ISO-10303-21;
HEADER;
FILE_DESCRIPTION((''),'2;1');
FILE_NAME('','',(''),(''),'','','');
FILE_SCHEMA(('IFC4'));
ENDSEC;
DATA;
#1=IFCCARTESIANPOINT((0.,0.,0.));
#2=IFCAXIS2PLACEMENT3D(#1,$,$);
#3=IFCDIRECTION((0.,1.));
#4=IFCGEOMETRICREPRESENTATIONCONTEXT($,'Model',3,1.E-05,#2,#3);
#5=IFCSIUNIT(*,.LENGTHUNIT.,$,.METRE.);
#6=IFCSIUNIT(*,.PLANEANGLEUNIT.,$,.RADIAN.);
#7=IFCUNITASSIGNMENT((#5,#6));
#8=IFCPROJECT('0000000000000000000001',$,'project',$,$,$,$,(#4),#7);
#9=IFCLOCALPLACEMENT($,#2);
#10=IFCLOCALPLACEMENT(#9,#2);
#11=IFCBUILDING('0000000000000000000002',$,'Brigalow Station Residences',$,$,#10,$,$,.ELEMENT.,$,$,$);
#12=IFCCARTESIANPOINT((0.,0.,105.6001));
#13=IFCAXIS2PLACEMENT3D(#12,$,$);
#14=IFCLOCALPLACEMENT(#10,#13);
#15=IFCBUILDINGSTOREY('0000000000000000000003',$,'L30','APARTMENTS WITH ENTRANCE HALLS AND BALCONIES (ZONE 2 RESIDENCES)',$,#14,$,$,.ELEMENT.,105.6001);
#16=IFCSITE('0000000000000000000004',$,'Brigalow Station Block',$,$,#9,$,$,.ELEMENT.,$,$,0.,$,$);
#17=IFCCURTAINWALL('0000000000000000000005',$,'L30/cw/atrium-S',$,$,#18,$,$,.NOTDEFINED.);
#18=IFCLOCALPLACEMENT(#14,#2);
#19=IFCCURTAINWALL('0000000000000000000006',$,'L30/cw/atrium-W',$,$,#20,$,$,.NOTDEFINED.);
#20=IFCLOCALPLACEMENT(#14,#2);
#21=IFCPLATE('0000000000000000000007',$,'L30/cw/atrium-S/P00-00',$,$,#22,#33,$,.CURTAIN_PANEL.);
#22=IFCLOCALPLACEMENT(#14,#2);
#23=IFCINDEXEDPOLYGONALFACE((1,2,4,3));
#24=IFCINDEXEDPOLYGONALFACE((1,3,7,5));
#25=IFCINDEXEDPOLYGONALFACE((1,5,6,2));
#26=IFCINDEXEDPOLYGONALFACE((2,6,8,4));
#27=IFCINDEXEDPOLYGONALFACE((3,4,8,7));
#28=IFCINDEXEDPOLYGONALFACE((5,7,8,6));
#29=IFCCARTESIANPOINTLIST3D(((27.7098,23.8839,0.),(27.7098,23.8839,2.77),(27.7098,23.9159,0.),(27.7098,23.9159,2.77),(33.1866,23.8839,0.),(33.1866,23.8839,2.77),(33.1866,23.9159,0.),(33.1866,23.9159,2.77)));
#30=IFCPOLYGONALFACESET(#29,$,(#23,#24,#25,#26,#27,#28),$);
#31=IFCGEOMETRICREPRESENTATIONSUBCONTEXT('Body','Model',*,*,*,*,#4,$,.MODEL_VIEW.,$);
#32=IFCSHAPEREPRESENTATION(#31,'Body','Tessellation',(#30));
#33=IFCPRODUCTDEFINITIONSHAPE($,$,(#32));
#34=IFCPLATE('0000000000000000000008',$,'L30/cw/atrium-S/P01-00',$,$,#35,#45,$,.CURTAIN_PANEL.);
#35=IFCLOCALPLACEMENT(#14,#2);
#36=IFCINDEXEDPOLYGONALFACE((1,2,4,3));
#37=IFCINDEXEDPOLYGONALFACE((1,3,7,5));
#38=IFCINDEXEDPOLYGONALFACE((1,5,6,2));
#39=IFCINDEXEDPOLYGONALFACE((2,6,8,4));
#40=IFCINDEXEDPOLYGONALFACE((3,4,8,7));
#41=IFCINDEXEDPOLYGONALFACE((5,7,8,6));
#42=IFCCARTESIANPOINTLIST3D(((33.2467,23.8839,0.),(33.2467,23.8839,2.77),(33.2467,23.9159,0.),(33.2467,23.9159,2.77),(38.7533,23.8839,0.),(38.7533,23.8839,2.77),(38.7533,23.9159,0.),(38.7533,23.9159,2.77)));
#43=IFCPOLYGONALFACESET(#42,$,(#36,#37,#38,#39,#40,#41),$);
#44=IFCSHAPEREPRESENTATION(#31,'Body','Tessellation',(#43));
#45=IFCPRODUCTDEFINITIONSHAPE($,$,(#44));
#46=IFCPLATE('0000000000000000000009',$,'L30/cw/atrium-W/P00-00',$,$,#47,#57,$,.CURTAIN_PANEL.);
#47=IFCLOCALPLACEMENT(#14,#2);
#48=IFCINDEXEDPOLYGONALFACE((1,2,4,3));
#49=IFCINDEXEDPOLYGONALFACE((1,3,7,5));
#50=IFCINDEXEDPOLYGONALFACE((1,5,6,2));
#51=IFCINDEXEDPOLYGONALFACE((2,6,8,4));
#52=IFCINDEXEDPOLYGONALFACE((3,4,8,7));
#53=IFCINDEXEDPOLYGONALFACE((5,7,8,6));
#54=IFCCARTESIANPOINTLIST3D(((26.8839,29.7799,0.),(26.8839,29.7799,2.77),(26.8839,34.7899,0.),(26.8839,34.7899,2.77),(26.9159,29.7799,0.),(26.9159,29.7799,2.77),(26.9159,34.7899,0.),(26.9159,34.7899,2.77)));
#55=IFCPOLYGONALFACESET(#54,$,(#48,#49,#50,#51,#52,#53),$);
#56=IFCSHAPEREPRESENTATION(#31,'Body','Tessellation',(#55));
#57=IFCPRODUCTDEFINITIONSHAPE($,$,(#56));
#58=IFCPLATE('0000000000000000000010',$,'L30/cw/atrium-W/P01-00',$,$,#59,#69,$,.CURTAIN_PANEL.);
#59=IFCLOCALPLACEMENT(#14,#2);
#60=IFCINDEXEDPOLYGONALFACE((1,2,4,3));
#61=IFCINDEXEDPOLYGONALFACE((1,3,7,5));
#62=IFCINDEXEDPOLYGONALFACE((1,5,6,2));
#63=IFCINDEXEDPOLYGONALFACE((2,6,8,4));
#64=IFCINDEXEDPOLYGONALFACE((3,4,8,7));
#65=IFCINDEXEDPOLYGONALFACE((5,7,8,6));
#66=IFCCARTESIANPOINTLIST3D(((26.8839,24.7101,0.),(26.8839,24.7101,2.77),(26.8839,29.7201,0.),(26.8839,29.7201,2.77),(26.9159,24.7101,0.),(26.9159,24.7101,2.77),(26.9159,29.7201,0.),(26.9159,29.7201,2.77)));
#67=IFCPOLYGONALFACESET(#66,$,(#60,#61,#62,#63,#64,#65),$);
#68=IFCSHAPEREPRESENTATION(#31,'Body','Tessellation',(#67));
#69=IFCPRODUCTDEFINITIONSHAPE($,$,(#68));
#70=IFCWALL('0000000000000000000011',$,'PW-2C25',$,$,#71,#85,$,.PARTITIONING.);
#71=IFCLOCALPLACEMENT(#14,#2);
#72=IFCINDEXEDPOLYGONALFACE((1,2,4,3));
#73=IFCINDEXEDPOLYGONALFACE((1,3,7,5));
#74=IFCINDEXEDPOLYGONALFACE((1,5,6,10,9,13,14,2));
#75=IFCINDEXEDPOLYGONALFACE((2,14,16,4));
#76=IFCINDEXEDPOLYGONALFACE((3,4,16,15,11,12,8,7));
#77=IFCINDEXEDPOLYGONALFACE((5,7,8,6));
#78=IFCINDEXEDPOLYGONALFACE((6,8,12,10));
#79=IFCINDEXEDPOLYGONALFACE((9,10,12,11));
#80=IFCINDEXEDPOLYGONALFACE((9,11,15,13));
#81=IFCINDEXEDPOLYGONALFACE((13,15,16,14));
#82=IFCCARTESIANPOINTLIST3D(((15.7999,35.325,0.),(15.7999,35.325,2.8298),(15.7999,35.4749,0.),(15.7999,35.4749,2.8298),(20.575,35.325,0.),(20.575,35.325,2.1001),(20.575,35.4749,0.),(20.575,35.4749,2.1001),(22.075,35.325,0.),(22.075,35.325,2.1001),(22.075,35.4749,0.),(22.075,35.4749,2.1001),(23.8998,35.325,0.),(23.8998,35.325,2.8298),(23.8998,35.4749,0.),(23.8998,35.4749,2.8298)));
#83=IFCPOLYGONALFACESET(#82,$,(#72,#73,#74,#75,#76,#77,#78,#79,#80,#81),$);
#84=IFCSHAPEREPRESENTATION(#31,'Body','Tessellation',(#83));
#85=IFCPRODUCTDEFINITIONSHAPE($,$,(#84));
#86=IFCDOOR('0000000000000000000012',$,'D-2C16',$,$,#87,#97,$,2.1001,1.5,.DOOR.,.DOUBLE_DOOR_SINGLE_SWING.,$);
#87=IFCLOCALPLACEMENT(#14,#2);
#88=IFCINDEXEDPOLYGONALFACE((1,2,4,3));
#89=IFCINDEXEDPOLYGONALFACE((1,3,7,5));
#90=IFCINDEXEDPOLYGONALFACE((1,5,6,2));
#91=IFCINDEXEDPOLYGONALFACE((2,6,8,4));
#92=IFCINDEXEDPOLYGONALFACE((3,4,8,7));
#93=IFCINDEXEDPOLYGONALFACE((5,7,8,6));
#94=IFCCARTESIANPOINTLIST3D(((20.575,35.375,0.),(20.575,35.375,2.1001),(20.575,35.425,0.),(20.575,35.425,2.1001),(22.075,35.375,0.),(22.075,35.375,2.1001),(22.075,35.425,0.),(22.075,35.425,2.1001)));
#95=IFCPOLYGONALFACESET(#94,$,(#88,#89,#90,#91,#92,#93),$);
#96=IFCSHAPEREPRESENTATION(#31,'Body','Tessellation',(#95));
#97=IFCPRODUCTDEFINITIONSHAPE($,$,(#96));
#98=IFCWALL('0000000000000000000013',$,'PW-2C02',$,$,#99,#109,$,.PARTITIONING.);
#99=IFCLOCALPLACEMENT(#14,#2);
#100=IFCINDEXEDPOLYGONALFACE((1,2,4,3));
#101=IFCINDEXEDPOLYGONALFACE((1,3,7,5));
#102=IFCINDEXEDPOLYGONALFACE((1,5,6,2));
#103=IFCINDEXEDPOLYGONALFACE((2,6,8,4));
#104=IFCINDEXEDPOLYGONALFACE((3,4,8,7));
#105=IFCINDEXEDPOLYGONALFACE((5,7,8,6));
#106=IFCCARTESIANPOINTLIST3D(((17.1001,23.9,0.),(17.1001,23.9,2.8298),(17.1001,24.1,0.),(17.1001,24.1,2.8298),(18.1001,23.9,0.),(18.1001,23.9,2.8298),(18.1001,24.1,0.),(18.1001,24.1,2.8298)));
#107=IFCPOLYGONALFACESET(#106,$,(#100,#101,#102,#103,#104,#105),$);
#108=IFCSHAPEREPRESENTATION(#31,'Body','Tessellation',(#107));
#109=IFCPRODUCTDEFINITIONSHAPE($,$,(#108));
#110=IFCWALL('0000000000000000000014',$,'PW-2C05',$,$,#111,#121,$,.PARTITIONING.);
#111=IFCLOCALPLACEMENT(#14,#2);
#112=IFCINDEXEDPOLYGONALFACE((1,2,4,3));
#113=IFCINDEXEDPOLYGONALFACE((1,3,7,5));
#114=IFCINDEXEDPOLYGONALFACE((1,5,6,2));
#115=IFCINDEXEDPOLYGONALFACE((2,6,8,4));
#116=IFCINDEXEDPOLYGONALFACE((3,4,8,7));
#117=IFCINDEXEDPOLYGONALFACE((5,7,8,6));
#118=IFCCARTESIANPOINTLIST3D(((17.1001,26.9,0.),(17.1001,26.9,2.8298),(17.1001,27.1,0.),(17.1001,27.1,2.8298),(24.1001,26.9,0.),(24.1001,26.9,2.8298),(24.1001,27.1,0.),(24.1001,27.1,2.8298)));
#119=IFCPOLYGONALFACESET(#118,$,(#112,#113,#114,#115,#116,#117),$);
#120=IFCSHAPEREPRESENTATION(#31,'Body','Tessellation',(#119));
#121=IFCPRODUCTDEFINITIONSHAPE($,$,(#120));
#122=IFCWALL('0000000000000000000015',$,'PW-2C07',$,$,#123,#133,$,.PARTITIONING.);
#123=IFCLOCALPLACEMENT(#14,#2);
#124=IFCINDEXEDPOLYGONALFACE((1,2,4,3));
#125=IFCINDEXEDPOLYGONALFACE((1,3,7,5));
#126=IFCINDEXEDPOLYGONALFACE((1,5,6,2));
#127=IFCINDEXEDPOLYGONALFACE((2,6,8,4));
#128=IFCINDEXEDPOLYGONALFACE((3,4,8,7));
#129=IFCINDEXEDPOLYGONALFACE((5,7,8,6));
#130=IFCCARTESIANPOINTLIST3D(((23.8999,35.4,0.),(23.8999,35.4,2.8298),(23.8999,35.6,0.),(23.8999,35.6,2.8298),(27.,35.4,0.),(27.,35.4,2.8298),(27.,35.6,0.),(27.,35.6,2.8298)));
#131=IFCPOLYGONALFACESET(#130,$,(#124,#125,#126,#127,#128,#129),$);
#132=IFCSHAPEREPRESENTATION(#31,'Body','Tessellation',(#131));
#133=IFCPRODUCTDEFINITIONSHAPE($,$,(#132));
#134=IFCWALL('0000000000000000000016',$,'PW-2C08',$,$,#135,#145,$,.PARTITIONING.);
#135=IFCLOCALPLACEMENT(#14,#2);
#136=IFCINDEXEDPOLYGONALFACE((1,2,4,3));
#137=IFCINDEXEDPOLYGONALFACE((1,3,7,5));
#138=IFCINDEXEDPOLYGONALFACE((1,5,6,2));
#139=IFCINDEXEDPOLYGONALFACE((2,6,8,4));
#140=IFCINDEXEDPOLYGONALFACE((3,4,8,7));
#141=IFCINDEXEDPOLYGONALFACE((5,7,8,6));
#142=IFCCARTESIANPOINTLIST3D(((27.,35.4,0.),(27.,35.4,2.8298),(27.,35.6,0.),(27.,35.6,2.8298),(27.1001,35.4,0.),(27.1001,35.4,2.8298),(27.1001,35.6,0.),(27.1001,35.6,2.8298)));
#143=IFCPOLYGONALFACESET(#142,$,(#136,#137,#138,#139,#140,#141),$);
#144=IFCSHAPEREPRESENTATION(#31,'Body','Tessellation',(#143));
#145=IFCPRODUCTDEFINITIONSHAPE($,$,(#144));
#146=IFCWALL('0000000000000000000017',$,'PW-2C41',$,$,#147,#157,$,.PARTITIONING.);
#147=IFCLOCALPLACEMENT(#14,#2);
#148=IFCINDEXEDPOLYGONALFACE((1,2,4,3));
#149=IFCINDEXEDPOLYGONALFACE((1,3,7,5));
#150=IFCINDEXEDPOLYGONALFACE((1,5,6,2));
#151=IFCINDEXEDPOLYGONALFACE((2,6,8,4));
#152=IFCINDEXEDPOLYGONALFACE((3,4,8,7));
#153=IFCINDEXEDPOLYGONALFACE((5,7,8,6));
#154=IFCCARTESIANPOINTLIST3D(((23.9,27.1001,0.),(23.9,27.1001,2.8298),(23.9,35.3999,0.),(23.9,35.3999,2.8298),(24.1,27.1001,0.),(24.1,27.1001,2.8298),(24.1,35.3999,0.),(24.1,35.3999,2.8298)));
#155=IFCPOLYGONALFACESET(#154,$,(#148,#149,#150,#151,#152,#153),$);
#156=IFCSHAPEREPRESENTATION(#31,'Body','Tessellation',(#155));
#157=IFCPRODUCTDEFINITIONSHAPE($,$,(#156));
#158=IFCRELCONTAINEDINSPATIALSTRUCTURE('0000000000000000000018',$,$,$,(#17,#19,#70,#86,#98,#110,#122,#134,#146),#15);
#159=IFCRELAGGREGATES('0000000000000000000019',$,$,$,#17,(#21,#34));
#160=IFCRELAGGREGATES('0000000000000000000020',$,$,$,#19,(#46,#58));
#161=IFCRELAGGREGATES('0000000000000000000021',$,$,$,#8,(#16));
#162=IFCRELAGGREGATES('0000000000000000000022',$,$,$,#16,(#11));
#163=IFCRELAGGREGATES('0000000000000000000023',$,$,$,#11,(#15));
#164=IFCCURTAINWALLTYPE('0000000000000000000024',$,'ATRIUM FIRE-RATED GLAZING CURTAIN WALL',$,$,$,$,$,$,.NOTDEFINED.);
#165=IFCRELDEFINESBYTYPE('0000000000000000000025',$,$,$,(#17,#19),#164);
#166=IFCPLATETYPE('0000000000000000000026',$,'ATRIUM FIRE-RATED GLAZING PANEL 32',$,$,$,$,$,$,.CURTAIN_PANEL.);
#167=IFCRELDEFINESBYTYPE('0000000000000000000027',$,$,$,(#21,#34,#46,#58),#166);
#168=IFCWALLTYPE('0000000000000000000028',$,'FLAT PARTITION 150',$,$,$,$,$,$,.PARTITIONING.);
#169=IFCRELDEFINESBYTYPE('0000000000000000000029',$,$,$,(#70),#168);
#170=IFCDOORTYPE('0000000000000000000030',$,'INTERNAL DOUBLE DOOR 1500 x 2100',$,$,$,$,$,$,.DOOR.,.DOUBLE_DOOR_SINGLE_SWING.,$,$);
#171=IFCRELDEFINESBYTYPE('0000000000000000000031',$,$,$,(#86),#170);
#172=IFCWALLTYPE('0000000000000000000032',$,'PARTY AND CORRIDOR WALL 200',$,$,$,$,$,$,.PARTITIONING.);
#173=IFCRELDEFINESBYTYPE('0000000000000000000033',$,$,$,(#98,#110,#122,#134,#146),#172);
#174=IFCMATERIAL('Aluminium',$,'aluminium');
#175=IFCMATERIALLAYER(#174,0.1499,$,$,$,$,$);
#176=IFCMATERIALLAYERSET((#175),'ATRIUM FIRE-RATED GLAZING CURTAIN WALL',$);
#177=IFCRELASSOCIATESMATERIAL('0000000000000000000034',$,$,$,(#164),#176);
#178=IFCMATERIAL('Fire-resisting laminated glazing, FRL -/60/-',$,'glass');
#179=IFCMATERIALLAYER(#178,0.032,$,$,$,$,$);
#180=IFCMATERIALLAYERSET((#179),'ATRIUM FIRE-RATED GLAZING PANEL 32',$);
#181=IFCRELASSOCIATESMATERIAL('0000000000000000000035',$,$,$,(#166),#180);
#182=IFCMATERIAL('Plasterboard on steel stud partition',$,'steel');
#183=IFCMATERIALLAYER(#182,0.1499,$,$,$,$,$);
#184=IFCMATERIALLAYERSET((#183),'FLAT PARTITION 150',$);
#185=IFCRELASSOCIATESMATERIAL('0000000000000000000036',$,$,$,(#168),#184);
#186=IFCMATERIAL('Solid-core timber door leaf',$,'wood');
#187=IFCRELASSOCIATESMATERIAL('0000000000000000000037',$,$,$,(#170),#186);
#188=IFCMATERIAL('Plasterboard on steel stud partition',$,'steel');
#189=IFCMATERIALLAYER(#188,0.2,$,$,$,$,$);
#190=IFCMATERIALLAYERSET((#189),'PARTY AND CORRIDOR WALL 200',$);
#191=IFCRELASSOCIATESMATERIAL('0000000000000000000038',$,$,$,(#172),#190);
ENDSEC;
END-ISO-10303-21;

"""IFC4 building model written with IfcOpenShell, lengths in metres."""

from ifc_helpers import new_model, si_unit, direction, frame, frame_2d, origin, origin_2d, place, context, subcontext, project, spatial, rectangle, extrude, material, layer, layer_set, type_object, element, fill, aggregate, save


model = new_model("IFC4")

# Units and contexts
model_context = context("Model", 3, precision=1e-05, world=origin(), true_north=direction((0.0, 1.0)))
body_context = subcontext(model_context, "Body", "Model", "MODEL_VIEW")
ifc_project = project(units=[si_unit("LENGTHUNIT", "METRE"), si_unit("PLANEANGLEUNIT", "RADIAN")], contexts=[model_context])

# Site, building, storey
site_placement = place(None, origin())
site = spatial("IfcSite", under=ifc_project, at=site_placement, Name="Brigalow Station Block", CompositionType="ELEMENT", RefElevation=0.0)
building_placement = place(site_placement, origin())
building = spatial("IfcBuilding", under=site, at=building_placement, Name="Brigalow Station Residences", CompositionType="ELEMENT")
storey_placement = place(building_placement, frame((0.0, 0.0, 105.6001)))
storey = spatial("IfcBuildingStorey", under=building, at=storey_placement, Name="L30", Description="APARTMENTS WITH ENTRANCE HALLS AND BALCONIES (ZONE 2 RESIDENCES)", CompositionType="ELEMENT", Elevation=105.6001)

# Curtain walls
ifc_material_1 = material(Name="Aluminium", Category="aluminium")
ifc_layer_1 = layer(ifc_material_1, 0.1499)
ifc_layer_set_1 = layer_set([ifc_layer_1], Name="ATRIUM FIRE-RATED GLAZING CURTAIN WALL")
curtain_wall_type = type_object("IfcCurtainWallType", Name="ATRIUM FIRE-RATED GLAZING CURTAIN WALL", PredefinedType="NOTDEFINED", material=ifc_layer_set_1)
curtain_wall_1_placement = place(storey_placement, origin())
curtain_wall_1 = element("IfcCurtainWall", 1, at=curtain_wall_1_placement, inside=storey, type_object=curtain_wall_type, Name="L30/cw/atrium-S", PredefinedType="NOTDEFINED")
curtain_wall_2_placement = place(storey_placement, origin())
curtain_wall_2 = element("IfcCurtainWall", 2, at=curtain_wall_2_placement, inside=storey, type_object=curtain_wall_type, Name="L30/cw/atrium-W", PredefinedType="NOTDEFINED")

# Plates
ifc_material_2 = material(Name="Fire-resisting laminated glazing, FRL -/60/-", Category="glass")
ifc_layer_2 = layer(ifc_material_2, 0.032)
ifc_layer_set_2 = layer_set([ifc_layer_2], Name="ATRIUM FIRE-RATED GLAZING PANEL 32")
plate_type = type_object("IfcPlateType", Name="ATRIUM FIRE-RATED GLAZING PANEL 32", PredefinedType="CURTAIN_PANEL", material=ifc_layer_set_2)
plate_1_placement = place(storey_placement, frame((30.4482, 23.8999, 0.0), z_axis=(0.0, 0.0, 1.0), x_axis=(1.0, 0.0, 0.0)))
plate_1 = element("IfcPlate", 3, at=plate_1_placement, type_object=plate_type, Name="L30/cw/atrium-S/P00-00", PredefinedType="CURTAIN_PANEL", context=body_context, shape_type="SweptSolid", body=[
    extrude(rectangle(XDim=5.4768, YDim=0.032, at=origin_2d()), origin(), (0.0, 0.0, 1.0), 2.77),
])
plate_2_placement = place(storey_placement, frame((36.0, 23.8999, 0.0), z_axis=(0.0, 0.0, 1.0), x_axis=(1.0, 0.0, 0.0)))
plate_2 = element("IfcPlate", 4, at=plate_2_placement, type_object=plate_type, Name="L30/cw/atrium-S/P01-00", PredefinedType="CURTAIN_PANEL", context=body_context, shape_type="SweptSolid", body=[
    extrude(rectangle(XDim=5.5066, YDim=0.032, at=origin_2d()), origin(), (0.0, 0.0, 1.0), 2.77),
])
aggregate(curtain_wall_1, [plate_1, plate_2])
plate_3_placement = place(storey_placement, frame((26.8999, 32.2849, 0.0), z_axis=(0.0, 0.0, 1.0), x_axis=(0.0, -1.0, 0.0)))
plate_3 = element("IfcPlate", 5, at=plate_3_placement, type_object=plate_type, Name="L30/cw/atrium-W/P00-00", PredefinedType="CURTAIN_PANEL", context=body_context, shape_type="SweptSolid", body=[
    extrude(rectangle(XDim=5.01, YDim=0.032, at=origin_2d()), origin(), (0.0, 0.0, 1.0), 2.77),
])
plate_4_placement = place(storey_placement, frame((26.8999, 27.2151, 0.0), z_axis=(0.0, 0.0, 1.0), x_axis=(0.0, -1.0, 0.0)))
plate_4 = element("IfcPlate", 6, at=plate_4_placement, type_object=plate_type, Name="L30/cw/atrium-W/P01-00", PredefinedType="CURTAIN_PANEL", context=body_context, shape_type="SweptSolid", body=[
    extrude(rectangle(XDim=5.01, YDim=0.032, at=origin_2d()), origin(), (0.0, 0.0, 1.0), 2.77),
])
aggregate(curtain_wall_2, [plate_3, plate_4])

# Wall, opening, door
ifc_material_3 = material(Name="Plasterboard on steel stud partition", Category="steel")
ifc_layer_3 = layer(ifc_material_3, 0.1499)
ifc_layer_set_3 = layer_set([ifc_layer_3], Name="FLAT PARTITION 150")
wall_type_1 = type_object("IfcWallType", Name="FLAT PARTITION 150", PredefinedType="PARTITIONING", material=ifc_layer_set_3)
wall_1_placement = place(storey_placement, frame((15.8, 35.3999, 0.0), z_axis=(0.0, 0.0, 1.0), x_axis=(1.0, 0.0, 0.0)))
wall_1 = element("IfcWall", 7, at=wall_1_placement, inside=storey, type_object=wall_type_1, Name="PW-2C25", PredefinedType="PARTITIONING", context=body_context, shape_type="SweptSolid", body=[
    extrude(rectangle(XDim=8.0999, YDim=0.1499, at=frame_2d((4.0498, 0.0))), origin(), (0.0, 0.0, 1.0), 2.8298),
])
opening_placement = place(wall_1_placement, frame((4.7749, 0.0, 0.0)))
opening = element("IfcOpeningElement", 8, at=opening_placement, cuts=wall_1, PredefinedType="OPENING", context=body_context, shape_type="SweptSolid", body=[
    extrude(rectangle(XDim=1.5, YDim=2.1001, at=frame_2d((0.75, 1.05))), frame((0.0, 0.085, 0.0), z_axis=(0.0, -1.0, 0.0), x_axis=(1.0, 0.0, 0.0)), (0.0, 0.0, 1.0), 0.1699),
])
ifc_material_4 = material(Name="Solid-core timber door leaf", Category="wood")
door_type = type_object("IfcDoorType", Name="INTERNAL DOUBLE DOOR 1500 x 2100", OperationType="DOUBLE_DOOR_SINGLE_SWING", PredefinedType="DOOR", material=ifc_material_4)
door_placement = place(opening_placement, frame((1.5, 0.0, 0.0), z_axis=(0.0, 0.0, 1.0), x_axis=(-1.0, 0.0, 0.0)))
door = element("IfcDoor", 9, at=door_placement, inside=storey, type_object=door_type, Name="D-2C16", OperationType="DOUBLE_DOOR_SINGLE_SWING", OverallHeight=2.1001, OverallWidth=1.5, PredefinedType="DOOR", context=body_context, shape_type="SweptSolid", body=[
    extrude(rectangle(XDim=1.5, YDim=2.1001, at=frame_2d((0.75, 1.05))), frame((0.0, 0.0249, 0.0), z_axis=(0.0, -1.0, 0.0), x_axis=(1.0, 0.0, 0.0)), (0.0, 0.0, 1.0), 0.05),
])
fill(opening, door)

# Walls
ifc_material_5 = material(Name="Plasterboard on steel stud partition", Category="steel")
ifc_layer_4 = layer(ifc_material_5, 0.2)
ifc_layer_set_4 = layer_set([ifc_layer_4], Name="PARTY AND CORRIDOR WALL 200")
wall_type_2 = type_object("IfcWallType", Name="PARTY AND CORRIDOR WALL 200", PredefinedType="PARTITIONING", material=ifc_layer_set_4)
wall_2_placement = place(storey_placement, frame((17.1001, 24.0, 0.0), z_axis=(0.0, 0.0, 1.0), x_axis=(1.0, 0.0, 0.0)))
element("IfcWall", 10, at=wall_2_placement, inside=storey, type_object=wall_type_2, Name="PW-2C02", PredefinedType="PARTITIONING", context=body_context, shape_type="SweptSolid", body=[
    extrude(rectangle(XDim=1.0, YDim=0.2, at=frame_2d((0.5, 0.0))), origin(), (0.0, 0.0, 1.0), 2.8298),
])
wall_3_placement = place(storey_placement, frame((17.1001, 27.0, 0.0), z_axis=(0.0, 0.0, 1.0), x_axis=(1.0, 0.0, 0.0)))
element("IfcWall", 11, at=wall_3_placement, inside=storey, type_object=wall_type_2, Name="PW-2C05", PredefinedType="PARTITIONING", context=body_context, shape_type="SweptSolid", body=[
    extrude(rectangle(XDim=7.0, YDim=0.2, at=frame_2d((3.5, 0.0))), origin(), (0.0, 0.0, 1.0), 2.8298),
])
wall_4_placement = place(storey_placement, frame((23.8999, 35.5, 0.0), z_axis=(0.0, 0.0, 1.0), x_axis=(1.0, 0.0, 0.0)))
element("IfcWall", 12, at=wall_4_placement, inside=storey, type_object=wall_type_2, Name="PW-2C07", PredefinedType="PARTITIONING", context=body_context, shape_type="SweptSolid", body=[
    extrude(rectangle(XDim=3.1001, YDim=0.2, at=frame_2d((1.55, 0.0))), origin(), (0.0, 0.0, 1.0), 2.8298),
])
wall_5_placement = place(storey_placement, frame((27.0, 35.5, 0.0), z_axis=(0.0, 0.0, 1.0), x_axis=(1.0, 0.0, 0.0)))
element("IfcWall", 13, at=wall_5_placement, inside=storey, type_object=wall_type_2, Name="PW-2C08", PredefinedType="PARTITIONING", context=body_context, shape_type="SweptSolid", body=[
    extrude(rectangle(XDim=0.1001, YDim=0.2, at=frame_2d((0.05, 0.0))), origin(), (0.0, 0.0, 1.0), 2.8298),
])
wall_6_placement = place(storey_placement, frame((24.0, 27.1001, 0.0), z_axis=(0.0, 0.0, 1.0), x_axis=(0.0, 1.0, 0.0)))
element("IfcWall", 14, at=wall_6_placement, inside=storey, type_object=wall_type_2, Name="PW-2C41", PredefinedType="PARTITIONING", context=body_context, shape_type="SweptSolid", body=[
    extrude(rectangle(XDim=8.2998, YDim=0.2, at=frame_2d((4.1499, 0.0))), origin(), (0.0, 0.0, 1.0), 2.8298),
])

save(model, "model.ifc")
